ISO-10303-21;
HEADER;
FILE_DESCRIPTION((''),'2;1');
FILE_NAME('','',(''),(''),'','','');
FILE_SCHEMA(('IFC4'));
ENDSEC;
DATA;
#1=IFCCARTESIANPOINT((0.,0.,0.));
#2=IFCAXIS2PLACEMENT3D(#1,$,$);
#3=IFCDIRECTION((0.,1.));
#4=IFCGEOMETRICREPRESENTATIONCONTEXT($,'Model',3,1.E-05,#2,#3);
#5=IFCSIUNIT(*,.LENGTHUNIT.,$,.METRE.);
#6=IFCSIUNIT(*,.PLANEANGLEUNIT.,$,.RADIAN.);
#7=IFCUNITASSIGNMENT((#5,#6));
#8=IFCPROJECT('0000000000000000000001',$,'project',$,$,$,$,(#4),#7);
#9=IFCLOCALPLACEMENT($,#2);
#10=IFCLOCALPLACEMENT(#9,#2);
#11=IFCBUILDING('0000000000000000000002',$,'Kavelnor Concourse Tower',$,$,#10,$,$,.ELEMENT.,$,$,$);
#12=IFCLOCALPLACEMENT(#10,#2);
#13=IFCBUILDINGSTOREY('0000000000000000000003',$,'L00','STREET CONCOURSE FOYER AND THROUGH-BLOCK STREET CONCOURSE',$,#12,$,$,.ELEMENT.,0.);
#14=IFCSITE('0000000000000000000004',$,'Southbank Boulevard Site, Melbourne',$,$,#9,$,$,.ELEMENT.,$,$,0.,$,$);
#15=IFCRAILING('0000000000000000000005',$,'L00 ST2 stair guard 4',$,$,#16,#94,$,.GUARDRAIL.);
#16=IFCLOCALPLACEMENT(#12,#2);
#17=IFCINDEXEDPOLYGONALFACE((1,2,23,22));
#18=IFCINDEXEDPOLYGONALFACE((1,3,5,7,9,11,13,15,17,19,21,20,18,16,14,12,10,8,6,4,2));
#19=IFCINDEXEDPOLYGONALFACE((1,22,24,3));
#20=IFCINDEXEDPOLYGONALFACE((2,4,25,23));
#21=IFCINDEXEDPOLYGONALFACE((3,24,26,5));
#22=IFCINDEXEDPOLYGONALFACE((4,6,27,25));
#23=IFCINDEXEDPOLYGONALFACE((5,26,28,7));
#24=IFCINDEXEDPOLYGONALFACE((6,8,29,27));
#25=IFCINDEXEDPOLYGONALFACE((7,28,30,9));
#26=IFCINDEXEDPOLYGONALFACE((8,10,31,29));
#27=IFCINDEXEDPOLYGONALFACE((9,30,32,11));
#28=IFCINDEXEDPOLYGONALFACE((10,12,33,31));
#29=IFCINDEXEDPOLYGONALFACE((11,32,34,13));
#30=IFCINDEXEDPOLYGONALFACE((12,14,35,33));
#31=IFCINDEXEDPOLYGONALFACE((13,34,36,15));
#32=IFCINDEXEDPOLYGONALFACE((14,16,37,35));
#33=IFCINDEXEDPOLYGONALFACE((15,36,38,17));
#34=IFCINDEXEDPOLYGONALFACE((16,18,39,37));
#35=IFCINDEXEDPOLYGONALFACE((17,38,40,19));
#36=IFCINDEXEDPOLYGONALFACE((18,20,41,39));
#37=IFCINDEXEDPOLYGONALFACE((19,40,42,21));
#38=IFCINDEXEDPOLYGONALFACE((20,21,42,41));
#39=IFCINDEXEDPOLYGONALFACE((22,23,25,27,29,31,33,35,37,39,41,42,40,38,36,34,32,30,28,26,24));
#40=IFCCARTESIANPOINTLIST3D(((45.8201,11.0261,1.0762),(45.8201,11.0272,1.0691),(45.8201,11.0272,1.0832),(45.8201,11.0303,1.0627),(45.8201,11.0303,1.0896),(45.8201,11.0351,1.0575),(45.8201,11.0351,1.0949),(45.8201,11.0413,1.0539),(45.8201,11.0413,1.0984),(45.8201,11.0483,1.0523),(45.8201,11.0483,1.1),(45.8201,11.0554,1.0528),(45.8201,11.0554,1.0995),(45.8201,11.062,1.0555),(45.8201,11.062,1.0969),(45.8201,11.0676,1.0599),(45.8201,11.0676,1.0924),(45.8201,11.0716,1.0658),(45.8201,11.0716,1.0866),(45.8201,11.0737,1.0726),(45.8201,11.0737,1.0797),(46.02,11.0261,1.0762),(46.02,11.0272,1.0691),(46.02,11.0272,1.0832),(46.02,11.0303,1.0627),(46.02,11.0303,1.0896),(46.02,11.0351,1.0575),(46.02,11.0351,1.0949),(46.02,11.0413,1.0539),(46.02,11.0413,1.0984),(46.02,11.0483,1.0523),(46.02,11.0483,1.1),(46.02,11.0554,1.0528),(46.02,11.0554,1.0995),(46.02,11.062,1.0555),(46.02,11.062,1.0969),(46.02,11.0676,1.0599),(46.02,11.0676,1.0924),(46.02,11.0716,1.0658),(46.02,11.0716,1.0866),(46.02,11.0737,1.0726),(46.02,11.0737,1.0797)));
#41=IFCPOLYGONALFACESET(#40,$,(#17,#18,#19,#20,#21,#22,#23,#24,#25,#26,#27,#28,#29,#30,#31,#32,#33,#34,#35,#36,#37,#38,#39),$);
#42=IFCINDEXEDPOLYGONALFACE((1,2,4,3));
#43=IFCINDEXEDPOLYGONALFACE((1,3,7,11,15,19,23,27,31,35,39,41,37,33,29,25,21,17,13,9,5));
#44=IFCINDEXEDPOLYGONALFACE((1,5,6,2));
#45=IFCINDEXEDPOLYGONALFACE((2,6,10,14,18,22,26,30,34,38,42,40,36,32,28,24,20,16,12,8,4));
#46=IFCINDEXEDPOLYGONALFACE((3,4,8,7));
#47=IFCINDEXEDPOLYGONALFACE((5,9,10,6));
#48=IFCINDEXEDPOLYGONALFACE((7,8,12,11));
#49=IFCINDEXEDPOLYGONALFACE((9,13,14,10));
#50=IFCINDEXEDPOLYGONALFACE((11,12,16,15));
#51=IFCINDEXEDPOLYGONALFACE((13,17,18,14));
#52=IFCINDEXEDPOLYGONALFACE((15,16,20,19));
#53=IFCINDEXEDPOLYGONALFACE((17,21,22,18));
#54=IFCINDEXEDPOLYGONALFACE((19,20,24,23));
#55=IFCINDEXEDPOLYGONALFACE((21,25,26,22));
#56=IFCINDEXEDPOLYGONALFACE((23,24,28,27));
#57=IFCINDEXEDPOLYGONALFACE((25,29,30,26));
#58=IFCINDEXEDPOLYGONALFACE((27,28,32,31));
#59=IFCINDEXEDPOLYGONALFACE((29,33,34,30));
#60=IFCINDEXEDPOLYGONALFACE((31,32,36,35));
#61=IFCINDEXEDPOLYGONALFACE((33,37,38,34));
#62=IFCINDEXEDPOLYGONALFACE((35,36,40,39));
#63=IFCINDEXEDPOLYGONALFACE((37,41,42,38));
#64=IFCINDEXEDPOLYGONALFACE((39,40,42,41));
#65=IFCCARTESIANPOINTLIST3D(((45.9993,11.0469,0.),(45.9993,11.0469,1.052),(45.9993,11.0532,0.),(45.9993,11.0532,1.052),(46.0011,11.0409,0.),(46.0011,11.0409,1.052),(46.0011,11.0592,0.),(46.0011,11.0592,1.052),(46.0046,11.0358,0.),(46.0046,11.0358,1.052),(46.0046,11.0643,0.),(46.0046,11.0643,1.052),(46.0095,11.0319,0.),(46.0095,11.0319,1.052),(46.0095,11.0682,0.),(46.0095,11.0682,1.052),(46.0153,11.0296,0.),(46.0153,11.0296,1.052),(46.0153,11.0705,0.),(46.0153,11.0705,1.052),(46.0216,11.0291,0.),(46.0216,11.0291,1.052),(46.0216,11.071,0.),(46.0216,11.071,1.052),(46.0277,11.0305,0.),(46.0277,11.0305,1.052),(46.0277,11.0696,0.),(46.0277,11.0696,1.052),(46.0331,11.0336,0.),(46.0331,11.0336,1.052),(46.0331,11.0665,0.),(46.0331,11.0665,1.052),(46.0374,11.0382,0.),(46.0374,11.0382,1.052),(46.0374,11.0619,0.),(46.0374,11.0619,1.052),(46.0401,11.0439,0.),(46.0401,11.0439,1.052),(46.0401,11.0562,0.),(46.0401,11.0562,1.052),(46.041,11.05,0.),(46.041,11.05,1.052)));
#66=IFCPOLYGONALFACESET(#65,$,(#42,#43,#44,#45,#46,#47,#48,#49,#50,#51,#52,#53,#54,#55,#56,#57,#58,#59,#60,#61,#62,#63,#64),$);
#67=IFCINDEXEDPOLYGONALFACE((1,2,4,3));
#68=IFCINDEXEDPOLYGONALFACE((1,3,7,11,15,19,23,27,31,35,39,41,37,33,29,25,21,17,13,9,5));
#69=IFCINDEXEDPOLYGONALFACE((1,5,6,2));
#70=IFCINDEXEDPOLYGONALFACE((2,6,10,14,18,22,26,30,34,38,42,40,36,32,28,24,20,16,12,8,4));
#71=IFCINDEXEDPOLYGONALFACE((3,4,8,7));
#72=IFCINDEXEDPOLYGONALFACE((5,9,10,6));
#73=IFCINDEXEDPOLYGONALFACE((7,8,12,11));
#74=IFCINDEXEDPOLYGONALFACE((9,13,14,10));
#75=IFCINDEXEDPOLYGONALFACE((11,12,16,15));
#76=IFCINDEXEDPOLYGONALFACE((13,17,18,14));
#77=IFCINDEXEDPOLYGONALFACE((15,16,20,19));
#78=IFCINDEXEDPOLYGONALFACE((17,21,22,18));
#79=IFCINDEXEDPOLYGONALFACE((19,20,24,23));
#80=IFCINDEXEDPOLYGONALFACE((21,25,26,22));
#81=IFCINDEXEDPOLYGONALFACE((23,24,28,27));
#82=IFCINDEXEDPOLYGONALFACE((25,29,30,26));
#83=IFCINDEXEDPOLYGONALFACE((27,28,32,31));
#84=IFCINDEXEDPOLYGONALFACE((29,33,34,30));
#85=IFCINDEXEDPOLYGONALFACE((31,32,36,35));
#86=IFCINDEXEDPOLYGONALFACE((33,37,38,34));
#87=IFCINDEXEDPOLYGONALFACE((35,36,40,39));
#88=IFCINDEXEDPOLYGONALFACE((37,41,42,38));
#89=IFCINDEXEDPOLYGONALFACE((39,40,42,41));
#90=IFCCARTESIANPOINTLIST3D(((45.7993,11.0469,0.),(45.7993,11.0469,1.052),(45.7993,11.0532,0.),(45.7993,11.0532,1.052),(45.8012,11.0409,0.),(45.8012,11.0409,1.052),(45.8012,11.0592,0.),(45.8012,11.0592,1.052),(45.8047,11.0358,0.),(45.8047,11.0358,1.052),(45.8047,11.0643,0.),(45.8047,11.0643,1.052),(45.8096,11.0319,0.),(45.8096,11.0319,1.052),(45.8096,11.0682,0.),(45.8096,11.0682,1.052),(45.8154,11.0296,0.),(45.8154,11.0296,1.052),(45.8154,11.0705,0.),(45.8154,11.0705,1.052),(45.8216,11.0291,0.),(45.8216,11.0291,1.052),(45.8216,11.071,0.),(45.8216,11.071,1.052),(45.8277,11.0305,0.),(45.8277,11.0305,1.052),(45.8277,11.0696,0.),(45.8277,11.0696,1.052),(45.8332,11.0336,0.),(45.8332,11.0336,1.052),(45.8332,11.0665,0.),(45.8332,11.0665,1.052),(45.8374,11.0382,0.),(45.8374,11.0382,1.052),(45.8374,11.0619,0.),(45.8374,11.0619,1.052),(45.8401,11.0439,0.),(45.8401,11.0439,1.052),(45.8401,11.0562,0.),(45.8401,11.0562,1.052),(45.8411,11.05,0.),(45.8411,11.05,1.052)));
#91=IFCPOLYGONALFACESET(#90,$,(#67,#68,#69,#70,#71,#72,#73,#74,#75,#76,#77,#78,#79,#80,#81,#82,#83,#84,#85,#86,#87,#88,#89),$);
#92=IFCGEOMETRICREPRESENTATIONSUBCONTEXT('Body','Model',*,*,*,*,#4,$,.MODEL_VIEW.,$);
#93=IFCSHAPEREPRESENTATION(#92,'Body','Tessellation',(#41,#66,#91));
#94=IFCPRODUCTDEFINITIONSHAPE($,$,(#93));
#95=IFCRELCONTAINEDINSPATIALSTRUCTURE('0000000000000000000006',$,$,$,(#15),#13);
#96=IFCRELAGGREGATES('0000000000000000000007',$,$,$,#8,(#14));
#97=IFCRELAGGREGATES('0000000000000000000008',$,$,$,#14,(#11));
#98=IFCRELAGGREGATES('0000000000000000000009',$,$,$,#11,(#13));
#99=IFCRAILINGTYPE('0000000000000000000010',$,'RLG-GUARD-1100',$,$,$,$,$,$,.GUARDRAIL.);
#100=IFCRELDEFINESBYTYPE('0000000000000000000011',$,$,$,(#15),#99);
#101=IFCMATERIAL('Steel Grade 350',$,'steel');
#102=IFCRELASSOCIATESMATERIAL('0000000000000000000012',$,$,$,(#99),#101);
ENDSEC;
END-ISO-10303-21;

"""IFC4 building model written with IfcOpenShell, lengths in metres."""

from ifc_helpers import new_model, si_unit, direction, frame, origin, origin_2d, place, context, subcontext, project, spatial, circle, extrude, material, type_object, element, save


model = new_model("IFC4")

# Units and contexts
model_context = context("Model", 3, precision=1e-05, world=origin(), true_north=direction((0.0, 1.0)))
body_context = subcontext(model_context, "Body", "Model", "MODEL_VIEW")
ifc_project = project(units=[si_unit("LENGTHUNIT", "METRE"), si_unit("PLANEANGLEUNIT", "RADIAN")], contexts=[model_context])

# Site, building, storey
site_placement = place(None, origin())
site = spatial("IfcSite", under=ifc_project, at=site_placement, Name="Southbank Boulevard Site, Melbourne", CompositionType="ELEMENT", RefElevation=0.0)
building_placement = place(site_placement, origin())
building = spatial("IfcBuilding", under=site, at=building_placement, Name="Kavelnor Concourse Tower", CompositionType="ELEMENT")
storey_placement = place(building_placement, origin())
storey = spatial("IfcBuildingStorey", under=building, at=storey_placement, Name="L00", Description="STREET CONCOURSE FOYER AND THROUGH-BLOCK STREET CONCOURSE", CompositionType="ELEMENT", Elevation=0.0)

# Shared definitions
ifc_material_1 = material(Name="Steel Grade 350", Category="steel")

# Railing
railing_type_1 = type_object("IfcRailingType", Name="RLG-GUARD-1100", PredefinedType="GUARDRAIL", material=ifc_material_1)
railing_1_placement = place(storey_placement, frame((46.02, 11.05, 0.0)))
element("IfcRailing", 1, at=railing_1_placement, inside=storey, type_object=railing_type_1, Name="L00 ST2 stair guard 4", PredefinedType="GUARDRAIL", context=body_context, shape_type="SweptSolid", body=[
    extrude(circle(Radius=0.0239, at=origin_2d()), frame((0.0, 0.0, 1.0762), z_axis=(-1.0, 0.0, 0.0), x_axis=(0.0, -1.0, 0.0)), (0.0, 0.0, 1.0), 0.2),
    extrude(circle(Radius=0.021, at=origin_2d()), origin(), (0.0, 0.0, 1.0), 1.052),
    extrude(circle(Radius=0.021, at=origin_2d()), frame((-0.2, 0.0, 0.0)), (0.0, 0.0, 1.0), 1.052),
])

save(model, "model.ifc")
